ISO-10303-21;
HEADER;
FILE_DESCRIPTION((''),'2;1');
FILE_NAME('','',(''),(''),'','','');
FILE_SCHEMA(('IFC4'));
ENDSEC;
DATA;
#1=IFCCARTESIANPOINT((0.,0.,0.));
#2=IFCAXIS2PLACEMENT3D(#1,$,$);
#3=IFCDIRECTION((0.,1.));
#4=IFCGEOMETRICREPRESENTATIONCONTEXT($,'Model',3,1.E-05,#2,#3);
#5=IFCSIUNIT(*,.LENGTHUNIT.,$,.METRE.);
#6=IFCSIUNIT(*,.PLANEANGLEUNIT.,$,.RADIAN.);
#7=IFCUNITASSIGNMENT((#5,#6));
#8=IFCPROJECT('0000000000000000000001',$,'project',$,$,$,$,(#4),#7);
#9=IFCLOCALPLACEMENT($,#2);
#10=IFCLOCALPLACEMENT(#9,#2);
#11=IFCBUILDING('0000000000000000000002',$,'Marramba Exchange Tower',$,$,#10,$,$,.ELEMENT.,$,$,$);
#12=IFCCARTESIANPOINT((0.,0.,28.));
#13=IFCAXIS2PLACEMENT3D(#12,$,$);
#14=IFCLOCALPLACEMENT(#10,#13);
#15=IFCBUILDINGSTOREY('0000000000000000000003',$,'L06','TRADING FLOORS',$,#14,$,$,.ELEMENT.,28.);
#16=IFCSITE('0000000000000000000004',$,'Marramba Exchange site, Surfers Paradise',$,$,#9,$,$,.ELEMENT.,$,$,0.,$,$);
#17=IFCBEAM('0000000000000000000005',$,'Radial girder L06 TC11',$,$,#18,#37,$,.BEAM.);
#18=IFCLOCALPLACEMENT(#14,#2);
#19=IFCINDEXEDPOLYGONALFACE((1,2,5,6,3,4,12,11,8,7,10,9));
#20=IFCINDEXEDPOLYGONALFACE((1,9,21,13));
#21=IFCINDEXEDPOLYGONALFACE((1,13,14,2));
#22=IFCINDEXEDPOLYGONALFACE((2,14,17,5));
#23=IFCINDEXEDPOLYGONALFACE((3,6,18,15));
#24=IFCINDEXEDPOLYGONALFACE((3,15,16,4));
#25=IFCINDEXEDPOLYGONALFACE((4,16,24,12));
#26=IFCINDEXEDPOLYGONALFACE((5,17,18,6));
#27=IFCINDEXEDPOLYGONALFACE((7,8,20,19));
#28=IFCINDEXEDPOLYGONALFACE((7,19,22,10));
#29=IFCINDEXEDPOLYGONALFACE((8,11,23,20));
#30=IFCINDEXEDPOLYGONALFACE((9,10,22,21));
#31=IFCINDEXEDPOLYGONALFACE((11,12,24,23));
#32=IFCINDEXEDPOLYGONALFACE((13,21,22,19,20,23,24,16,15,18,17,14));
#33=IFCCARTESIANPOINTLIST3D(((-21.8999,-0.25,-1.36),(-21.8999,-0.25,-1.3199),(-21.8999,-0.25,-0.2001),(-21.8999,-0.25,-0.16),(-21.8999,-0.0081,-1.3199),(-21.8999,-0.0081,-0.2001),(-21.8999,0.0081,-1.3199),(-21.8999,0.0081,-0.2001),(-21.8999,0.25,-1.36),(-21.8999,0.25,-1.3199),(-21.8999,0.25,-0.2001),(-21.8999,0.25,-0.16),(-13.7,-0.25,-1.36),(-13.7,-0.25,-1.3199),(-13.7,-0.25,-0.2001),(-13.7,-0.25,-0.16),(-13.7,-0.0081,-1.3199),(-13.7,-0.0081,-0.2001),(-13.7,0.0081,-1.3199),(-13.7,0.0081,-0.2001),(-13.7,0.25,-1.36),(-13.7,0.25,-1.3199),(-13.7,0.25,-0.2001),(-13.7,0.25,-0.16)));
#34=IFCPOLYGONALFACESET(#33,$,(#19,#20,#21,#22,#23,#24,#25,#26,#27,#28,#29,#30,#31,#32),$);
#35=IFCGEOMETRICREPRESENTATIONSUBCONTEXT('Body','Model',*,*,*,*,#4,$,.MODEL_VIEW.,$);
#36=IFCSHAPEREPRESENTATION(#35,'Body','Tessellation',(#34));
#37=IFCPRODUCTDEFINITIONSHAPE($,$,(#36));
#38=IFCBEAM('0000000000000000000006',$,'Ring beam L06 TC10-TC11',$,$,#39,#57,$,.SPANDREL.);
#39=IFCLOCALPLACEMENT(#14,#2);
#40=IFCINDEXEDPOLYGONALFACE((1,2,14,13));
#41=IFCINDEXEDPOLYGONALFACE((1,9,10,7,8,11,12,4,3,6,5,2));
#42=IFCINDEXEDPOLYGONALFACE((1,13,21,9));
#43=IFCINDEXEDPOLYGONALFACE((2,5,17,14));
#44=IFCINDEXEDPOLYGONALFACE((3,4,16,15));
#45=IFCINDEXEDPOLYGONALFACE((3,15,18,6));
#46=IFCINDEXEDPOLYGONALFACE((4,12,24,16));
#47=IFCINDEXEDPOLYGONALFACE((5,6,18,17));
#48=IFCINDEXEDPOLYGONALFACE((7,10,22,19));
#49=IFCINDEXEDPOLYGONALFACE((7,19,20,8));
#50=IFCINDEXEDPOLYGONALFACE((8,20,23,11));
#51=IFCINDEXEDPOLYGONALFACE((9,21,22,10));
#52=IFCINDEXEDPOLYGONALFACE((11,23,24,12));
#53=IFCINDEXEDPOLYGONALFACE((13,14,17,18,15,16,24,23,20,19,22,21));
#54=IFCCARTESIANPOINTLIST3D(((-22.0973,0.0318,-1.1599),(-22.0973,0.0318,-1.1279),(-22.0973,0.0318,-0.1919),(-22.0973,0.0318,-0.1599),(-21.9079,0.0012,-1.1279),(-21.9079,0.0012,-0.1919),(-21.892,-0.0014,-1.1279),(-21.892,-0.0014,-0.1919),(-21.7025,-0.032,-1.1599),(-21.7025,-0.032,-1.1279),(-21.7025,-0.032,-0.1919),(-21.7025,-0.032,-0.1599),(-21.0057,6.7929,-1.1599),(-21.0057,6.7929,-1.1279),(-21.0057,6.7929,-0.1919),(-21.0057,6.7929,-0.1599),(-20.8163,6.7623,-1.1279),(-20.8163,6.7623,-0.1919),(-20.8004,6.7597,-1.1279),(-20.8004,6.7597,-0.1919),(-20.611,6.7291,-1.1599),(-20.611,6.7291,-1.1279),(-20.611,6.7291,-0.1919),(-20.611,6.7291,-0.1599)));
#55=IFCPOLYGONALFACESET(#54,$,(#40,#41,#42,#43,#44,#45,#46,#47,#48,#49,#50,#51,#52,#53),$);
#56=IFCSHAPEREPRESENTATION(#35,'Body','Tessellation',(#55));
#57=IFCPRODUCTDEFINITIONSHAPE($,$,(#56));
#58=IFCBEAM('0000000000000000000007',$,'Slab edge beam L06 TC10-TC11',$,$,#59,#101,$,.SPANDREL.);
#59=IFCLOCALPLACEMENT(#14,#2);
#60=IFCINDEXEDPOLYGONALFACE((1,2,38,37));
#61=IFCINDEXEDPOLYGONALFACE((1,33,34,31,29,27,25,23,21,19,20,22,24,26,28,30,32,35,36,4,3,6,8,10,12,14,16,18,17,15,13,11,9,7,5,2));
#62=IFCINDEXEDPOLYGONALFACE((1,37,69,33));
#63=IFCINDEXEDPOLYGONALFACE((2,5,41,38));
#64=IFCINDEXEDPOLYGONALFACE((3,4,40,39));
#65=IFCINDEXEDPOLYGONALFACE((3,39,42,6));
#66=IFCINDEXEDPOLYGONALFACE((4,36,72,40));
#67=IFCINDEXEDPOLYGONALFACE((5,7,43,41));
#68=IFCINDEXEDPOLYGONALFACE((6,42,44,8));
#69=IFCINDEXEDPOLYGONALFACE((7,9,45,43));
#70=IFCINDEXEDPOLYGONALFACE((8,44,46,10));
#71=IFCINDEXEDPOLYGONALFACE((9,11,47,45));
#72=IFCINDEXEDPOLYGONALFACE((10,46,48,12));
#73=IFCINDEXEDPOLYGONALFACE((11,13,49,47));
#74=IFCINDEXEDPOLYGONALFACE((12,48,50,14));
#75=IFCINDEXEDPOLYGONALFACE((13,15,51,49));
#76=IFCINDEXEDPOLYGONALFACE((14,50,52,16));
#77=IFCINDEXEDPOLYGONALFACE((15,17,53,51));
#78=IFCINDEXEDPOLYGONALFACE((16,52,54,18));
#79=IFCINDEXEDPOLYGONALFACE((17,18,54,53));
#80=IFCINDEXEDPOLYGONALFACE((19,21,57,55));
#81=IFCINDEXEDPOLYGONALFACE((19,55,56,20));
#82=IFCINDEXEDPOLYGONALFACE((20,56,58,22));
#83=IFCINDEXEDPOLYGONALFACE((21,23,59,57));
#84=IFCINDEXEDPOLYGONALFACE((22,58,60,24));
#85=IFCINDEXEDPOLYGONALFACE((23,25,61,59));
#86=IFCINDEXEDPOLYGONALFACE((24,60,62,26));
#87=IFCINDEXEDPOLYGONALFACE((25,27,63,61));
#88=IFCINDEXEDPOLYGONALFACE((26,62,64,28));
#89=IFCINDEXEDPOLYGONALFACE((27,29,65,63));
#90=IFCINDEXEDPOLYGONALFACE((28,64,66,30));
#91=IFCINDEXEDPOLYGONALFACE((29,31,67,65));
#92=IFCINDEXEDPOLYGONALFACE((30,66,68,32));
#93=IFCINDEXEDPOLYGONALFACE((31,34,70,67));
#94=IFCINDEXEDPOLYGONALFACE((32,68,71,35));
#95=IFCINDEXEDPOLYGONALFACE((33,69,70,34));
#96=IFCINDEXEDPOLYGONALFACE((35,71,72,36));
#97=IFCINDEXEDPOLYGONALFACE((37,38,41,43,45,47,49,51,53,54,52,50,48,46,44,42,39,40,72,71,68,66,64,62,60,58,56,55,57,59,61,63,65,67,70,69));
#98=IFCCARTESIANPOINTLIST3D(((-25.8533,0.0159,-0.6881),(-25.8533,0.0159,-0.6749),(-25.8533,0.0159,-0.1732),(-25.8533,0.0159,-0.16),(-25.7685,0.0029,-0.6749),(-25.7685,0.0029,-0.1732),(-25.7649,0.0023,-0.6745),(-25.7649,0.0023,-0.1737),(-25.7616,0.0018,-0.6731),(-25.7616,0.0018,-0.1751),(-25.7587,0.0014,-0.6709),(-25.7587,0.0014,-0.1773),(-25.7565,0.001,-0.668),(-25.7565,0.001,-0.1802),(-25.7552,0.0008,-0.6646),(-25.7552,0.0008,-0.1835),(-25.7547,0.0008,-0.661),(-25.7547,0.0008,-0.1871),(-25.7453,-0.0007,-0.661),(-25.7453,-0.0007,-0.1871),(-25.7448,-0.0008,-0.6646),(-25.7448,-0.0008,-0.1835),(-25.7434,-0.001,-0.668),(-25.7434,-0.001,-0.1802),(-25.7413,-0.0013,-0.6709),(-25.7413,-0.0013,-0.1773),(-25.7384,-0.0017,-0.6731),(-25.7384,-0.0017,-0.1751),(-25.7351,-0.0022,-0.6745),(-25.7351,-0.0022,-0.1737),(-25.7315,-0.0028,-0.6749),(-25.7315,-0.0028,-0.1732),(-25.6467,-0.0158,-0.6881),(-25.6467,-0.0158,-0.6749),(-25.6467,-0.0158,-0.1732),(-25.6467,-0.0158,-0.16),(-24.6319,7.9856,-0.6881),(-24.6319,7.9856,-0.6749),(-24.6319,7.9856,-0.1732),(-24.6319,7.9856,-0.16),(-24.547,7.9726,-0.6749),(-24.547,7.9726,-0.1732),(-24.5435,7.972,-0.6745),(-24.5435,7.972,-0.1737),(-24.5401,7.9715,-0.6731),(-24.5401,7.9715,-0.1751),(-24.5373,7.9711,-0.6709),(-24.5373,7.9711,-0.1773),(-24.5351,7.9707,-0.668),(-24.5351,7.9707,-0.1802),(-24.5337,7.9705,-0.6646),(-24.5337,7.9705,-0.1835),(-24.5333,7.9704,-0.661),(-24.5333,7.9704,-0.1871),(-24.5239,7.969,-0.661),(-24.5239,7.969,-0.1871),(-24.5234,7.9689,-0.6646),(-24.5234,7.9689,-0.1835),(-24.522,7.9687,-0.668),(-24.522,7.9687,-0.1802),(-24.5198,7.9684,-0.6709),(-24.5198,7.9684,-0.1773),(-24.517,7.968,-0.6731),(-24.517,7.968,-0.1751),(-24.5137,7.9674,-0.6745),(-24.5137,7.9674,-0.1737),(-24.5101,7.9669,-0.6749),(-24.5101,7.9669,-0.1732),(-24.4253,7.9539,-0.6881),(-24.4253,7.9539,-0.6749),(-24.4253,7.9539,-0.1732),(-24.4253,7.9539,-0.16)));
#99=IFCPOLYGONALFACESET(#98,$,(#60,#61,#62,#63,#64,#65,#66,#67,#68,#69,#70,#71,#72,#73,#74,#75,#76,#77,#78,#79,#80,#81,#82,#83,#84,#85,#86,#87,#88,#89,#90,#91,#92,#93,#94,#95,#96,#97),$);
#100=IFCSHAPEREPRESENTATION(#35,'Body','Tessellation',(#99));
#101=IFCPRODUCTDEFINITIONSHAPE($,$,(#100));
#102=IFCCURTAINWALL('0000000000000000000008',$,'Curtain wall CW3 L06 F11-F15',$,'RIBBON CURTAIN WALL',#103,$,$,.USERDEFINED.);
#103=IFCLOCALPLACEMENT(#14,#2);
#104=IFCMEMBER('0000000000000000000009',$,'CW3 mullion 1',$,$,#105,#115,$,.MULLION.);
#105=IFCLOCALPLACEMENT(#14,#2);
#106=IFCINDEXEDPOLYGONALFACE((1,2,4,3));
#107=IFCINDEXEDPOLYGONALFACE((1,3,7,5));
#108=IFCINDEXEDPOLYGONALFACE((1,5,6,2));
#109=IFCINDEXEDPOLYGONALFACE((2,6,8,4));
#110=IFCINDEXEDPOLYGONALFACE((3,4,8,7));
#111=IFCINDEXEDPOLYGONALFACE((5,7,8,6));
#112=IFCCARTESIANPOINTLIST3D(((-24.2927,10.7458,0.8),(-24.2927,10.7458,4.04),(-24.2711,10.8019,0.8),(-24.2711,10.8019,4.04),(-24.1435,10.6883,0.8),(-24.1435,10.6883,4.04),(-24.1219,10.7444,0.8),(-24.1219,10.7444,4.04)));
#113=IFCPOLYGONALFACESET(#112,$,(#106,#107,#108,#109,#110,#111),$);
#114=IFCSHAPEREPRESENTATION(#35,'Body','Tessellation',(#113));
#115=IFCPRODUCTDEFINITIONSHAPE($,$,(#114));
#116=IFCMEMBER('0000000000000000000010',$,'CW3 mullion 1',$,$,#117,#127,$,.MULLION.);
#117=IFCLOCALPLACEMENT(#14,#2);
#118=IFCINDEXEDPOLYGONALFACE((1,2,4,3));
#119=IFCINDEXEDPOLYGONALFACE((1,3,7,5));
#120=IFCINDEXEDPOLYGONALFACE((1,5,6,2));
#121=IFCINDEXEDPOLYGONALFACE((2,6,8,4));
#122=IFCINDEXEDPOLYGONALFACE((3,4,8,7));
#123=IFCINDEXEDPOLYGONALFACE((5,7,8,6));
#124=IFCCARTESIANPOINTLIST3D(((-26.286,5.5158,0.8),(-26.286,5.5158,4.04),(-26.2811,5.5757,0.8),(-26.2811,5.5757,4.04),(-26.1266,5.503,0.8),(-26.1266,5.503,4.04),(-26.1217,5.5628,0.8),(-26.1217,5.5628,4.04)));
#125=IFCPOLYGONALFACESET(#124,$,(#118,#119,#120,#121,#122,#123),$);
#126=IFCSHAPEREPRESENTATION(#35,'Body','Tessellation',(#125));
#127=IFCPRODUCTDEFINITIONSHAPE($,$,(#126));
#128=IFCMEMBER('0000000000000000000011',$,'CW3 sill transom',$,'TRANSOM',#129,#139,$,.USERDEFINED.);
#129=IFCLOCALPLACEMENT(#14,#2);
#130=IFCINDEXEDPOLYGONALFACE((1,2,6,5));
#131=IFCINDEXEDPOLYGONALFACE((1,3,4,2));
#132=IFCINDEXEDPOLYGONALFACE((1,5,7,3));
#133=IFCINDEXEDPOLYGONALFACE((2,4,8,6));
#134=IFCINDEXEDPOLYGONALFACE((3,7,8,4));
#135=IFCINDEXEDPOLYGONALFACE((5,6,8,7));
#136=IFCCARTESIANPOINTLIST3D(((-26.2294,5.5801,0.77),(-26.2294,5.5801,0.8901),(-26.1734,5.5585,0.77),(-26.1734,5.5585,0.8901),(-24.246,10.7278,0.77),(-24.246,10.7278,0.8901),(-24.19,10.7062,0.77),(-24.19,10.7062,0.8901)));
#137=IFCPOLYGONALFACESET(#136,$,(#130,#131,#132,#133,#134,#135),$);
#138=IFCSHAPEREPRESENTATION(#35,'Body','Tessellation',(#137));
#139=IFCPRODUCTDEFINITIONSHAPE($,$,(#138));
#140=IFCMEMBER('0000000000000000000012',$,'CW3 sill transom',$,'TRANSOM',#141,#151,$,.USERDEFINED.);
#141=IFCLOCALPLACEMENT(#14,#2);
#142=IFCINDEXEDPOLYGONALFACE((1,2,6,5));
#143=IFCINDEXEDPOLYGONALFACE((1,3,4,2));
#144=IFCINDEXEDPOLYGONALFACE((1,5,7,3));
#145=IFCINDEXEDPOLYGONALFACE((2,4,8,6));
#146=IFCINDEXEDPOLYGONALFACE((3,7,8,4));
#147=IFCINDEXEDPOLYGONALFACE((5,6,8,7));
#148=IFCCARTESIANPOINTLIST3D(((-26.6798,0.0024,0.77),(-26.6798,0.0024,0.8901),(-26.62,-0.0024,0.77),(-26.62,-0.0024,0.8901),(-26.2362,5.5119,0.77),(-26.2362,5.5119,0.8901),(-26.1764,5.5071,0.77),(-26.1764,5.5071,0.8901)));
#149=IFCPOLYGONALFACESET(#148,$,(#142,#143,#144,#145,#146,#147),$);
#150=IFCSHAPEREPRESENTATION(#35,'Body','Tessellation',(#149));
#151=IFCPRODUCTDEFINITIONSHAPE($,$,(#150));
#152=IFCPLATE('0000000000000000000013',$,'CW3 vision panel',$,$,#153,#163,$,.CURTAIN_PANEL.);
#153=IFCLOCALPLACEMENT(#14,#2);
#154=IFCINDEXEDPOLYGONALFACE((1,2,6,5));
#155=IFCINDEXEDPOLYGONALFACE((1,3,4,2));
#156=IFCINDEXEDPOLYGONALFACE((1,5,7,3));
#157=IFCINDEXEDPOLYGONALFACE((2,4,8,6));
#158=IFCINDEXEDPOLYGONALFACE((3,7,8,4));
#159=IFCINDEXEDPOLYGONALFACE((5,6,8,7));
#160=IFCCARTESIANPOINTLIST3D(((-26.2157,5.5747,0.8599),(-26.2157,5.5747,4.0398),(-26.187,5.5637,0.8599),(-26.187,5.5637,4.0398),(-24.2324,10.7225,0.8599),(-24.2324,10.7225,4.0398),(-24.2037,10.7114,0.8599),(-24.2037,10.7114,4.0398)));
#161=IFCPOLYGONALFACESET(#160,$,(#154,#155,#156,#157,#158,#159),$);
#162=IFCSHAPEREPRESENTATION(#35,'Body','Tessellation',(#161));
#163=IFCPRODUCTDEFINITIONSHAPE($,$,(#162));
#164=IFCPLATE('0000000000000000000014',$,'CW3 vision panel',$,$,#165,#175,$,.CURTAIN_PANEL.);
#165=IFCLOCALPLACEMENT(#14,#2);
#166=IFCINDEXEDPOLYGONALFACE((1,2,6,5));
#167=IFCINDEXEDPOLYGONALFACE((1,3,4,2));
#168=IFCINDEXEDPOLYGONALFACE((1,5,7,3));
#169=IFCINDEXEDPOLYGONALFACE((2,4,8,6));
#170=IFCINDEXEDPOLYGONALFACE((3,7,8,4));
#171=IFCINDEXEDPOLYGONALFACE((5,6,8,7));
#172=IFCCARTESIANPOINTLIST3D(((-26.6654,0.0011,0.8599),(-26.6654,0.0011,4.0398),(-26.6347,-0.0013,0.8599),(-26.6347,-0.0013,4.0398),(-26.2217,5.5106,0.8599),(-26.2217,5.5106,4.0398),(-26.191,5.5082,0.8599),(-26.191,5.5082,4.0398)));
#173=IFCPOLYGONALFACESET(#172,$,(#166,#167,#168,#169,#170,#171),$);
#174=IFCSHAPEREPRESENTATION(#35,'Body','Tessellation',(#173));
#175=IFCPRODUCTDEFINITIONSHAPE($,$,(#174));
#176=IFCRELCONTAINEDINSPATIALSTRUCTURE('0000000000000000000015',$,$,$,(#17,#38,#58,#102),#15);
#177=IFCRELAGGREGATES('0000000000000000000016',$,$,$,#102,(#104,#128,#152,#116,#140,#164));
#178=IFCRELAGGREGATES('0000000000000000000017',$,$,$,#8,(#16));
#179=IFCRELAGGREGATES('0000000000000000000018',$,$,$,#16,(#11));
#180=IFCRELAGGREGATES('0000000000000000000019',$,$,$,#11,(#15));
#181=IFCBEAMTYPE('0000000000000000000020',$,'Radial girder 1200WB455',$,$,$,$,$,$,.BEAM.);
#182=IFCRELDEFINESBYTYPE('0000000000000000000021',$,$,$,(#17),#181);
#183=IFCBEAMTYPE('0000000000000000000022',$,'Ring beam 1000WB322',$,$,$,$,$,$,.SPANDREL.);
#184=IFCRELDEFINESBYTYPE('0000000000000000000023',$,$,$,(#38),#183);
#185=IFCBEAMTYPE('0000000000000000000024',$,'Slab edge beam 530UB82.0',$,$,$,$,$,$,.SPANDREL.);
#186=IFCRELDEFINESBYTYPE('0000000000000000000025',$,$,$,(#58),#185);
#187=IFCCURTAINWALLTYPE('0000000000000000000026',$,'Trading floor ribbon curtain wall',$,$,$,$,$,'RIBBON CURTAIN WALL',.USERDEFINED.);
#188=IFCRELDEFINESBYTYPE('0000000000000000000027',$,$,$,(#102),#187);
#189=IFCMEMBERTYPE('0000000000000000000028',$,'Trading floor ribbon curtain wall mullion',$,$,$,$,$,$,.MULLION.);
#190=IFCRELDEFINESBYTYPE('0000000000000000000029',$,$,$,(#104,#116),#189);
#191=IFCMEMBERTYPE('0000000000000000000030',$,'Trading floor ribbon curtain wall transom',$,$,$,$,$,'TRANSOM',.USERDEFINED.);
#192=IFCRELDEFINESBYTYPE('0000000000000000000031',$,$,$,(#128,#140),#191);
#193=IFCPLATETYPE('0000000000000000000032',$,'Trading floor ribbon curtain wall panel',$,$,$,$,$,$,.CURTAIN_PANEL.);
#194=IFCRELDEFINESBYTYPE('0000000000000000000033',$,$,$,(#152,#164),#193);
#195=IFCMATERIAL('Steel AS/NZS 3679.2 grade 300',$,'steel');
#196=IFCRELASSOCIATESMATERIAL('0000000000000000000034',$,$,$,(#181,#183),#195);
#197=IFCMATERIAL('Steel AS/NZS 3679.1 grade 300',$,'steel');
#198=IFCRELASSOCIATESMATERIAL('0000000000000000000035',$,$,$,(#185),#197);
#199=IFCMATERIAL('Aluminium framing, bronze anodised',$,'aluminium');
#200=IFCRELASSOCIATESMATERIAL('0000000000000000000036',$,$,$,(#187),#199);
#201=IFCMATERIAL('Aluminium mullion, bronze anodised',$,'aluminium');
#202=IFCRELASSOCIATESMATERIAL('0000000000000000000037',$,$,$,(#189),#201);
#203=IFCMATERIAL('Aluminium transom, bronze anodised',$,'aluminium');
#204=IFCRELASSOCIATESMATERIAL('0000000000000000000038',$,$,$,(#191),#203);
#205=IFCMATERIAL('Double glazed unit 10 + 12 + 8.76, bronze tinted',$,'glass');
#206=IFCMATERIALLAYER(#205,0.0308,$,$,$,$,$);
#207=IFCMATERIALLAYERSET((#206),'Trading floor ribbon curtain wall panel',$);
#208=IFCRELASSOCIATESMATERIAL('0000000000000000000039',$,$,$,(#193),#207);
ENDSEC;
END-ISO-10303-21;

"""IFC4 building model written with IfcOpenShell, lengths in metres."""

from ifc_helpers import new_model, si_unit, direction, frame, origin, origin_2d, place, context, subcontext, project, spatial, rectangle, i_section, extrude, material, layer, layer_set, material_profile, profile_set, type_object, element, aggregate, save


model = new_model("IFC4")

# Units and contexts
model_context = context("Model", 3, precision=1e-05, world=origin(), true_north=direction((0.0, 1.0)))
body_context = subcontext(model_context, "Body", "Model", "MODEL_VIEW")
ifc_project = project(units=[si_unit("LENGTHUNIT", "METRE"), si_unit("PLANEANGLEUNIT", "RADIAN")], contexts=[model_context])

# Site, building, storey
site_placement = place(None, origin())
site = spatial("IfcSite", under=ifc_project, at=site_placement, Name="Marramba Exchange site, Surfers Paradise", CompositionType="ELEMENT", RefElevation=0.0)
building_placement = place(site_placement, origin())
building = spatial("IfcBuilding", under=site, at=building_placement, Name="Marramba Exchange Tower", CompositionType="ELEMENT")
storey_placement = place(building_placement, frame((0.0, 0.0, 28.0)))
storey = spatial("IfcBuildingStorey", under=building, at=storey_placement, Name="L06", Description="TRADING FLOORS", CompositionType="ELEMENT", Elevation=28.0)

# Beams
ifc_material_1 = material(Name="Steel AS/NZS 3679.2 grade 300", Category="steel")
ifc_material_2 = material(Name="Steel AS/NZS 3679.1 grade 300", Category="steel")
ifc_material_profile_1 = material_profile(ifc_material_1, i_section(OverallWidth=0.5, OverallDepth=1.2, WebThickness=0.0161, FlangeThickness=0.04, at=origin_2d()), Name="1200WB455")
ifc_profile_set_1 = profile_set([ifc_material_profile_1], Name="Steel AS/NZS 3679.2 grade 300")
beam_type_1 = type_object("IfcBeamType", Name="Radial girder 1200WB455", PredefinedType="BEAM", material=ifc_profile_set_1)
beam_1_placement = place(storey_placement, frame((-13.7, 0.0, -0.76), z_axis=(-1.0, 0.0, 0.0), x_axis=(0.0, -1.0, 0.0)))
element("IfcBeam", 1, at=beam_1_placement, inside=storey, type_object=beam_type_1, Name="Radial girder L06 TC11", PredefinedType="BEAM", context=body_context, shape_type="SweptSolid", body=[
    extrude(i_section(OverallWidth=0.5, OverallDepth=1.2, WebThickness=0.0161, FlangeThickness=0.04, at=origin_2d()), origin(), (0.0, 0.0, 1.0), 8.2),
])
ifc_material_profile_2 = material_profile(ifc_material_1, i_section(OverallWidth=0.3999, OverallDepth=1.0, WebThickness=0.0161, FlangeThickness=0.032, at=origin_2d()), Name="1000WB322")
ifc_profile_set_2 = profile_set([ifc_material_profile_2], Name="Steel AS/NZS 3679.2 grade 300")
beam_type_2 = type_object("IfcBeamType", Name="Ring beam 1000WB322", PredefinedType="SPANDREL", material=ifc_profile_set_2)
beam_2_placement = place(storey_placement, frame((-20.8083, 6.761, -0.6599), z_axis=(-0.159385, -0.987217, 0.0), x_axis=(0.987217, -0.159385, 0.0)))
element("IfcBeam", 2, at=beam_2_placement, inside=storey, type_object=beam_type_2, Name="Ring beam L06 TC10-TC11", PredefinedType="SPANDREL", context=body_context, shape_type="SweptSolid", body=[
    extrude(i_section(OverallWidth=0.3999, OverallDepth=1.0, WebThickness=0.0161, FlangeThickness=0.032, at=origin_2d()), origin(), (0.0, 0.0, 1.0), 6.8486),
])
ifc_material_profile_3 = material_profile(ifc_material_2, i_section(OverallWidth=0.209, OverallDepth=0.5281, WebThickness=0.0095, FlangeThickness=0.0132, FilletRadius=0.0139, at=origin_2d()), Name="530UB82.0")
ifc_profile_set_3 = profile_set([ifc_material_profile_3], Name="Steel AS/NZS 3679.1 grade 300")
beam_type_3 = type_object("IfcBeamType", Name="Slab edge beam 530UB82.0", PredefinedType="SPANDREL", material=ifc_profile_set_3)
beam_3_placement = place(storey_placement, frame((-24.5286, 7.9697, -0.4241), z_axis=(-0.151491, -0.988459, 0.0), x_axis=(0.988459, -0.151491, 0.0)))
element("IfcBeam", 3, at=beam_3_placement, inside=storey, type_object=beam_type_3, Name="Slab edge beam L06 TC10-TC11", PredefinedType="SPANDREL", context=body_context, shape_type="SweptSolid", body=[
    extrude(i_section(OverallWidth=0.209, OverallDepth=0.5281, WebThickness=0.0095, FlangeThickness=0.0132, FilletRadius=0.0139, at=origin_2d()), origin(), (0.0, 0.0, 1.0), 8.0627),
])

# Curtain wall, members, plates
ifc_material_3 = material(Name="Aluminium framing, bronze anodised", Category="aluminium")
curtain_wall_type = type_object("IfcCurtainWallType", Name="Trading floor ribbon curtain wall", ElementType="RIBBON CURTAIN WALL", PredefinedType="USERDEFINED", material=ifc_material_3)
curtain_wall_placement = place(storey_placement, origin())
curtain_wall = element("IfcCurtainWall", 4, at=curtain_wall_placement, inside=storey, type_object=curtain_wall_type, Name="Curtain wall CW3 L06 F11-F15", ObjectType="RIBBON CURTAIN WALL", PredefinedType="USERDEFINED")
ifc_material_4 = material(Name="Aluminium mullion, bronze anodised", Category="aluminium")
ifc_material_profile_4 = material_profile(ifc_material_4, rectangle(XDim=0.1599, YDim=0.0601, at=origin_2d()), Name="CW3 mullion 60x160")
ifc_profile_set_4 = profile_set([ifc_material_profile_4], Name="Aluminium mullion, bronze anodised")
member_type_1 = type_object("IfcMemberType", Name="Trading floor ribbon curtain wall mullion", PredefinedType="MULLION", material=ifc_profile_set_4)
member_1_placement = place(storey_placement, frame((-24.2073, 10.7451, 0.8), z_axis=(0.0, 0.0, 1.0), x_axis=(0.933135, -0.359526, 0.0)))
member_1 = element("IfcMember", 5, at=member_1_placement, type_object=member_type_1, Name="CW3 mullion 1", PredefinedType="MULLION", context=body_context, shape_type="SweptSolid", body=[
    extrude(rectangle(XDim=0.1599, YDim=0.0601, at=origin_2d()), origin(), (0.0, 0.0, 1.0), 3.24),
])
member_2_placement = place(storey_placement, frame((-26.2039, 5.5393, 0.8), z_axis=(0.0, 0.0, 1.0), x_axis=(0.996773, -0.080275, 0.0)))
member_2 = element("IfcMember", 6, at=member_2_placement, type_object=member_type_1, Name="CW3 mullion 1", PredefinedType="MULLION", context=body_context, shape_type="SweptSolid", body=[
    extrude(rectangle(XDim=0.1599, YDim=0.0601, at=origin_2d()), origin(), (0.0, 0.0, 1.0), 3.24),
])
ifc_material_5 = material(Name="Aluminium transom, bronze anodised", Category="aluminium")
ifc_material_profile_5 = material_profile(ifc_material_5, rectangle(XDim=0.0601, YDim=0.1201, at=origin_2d()), Name="CW3 transom 60x120")
ifc_profile_set_5 = profile_set([ifc_material_profile_5], Name="Aluminium transom, bronze anodised")
member_type_2 = type_object("IfcMemberType", Name="Trading floor ribbon curtain wall transom", ElementType="TRANSOM", PredefinedType="USERDEFINED", material=ifc_profile_set_5)
member_3_placement = place(storey_placement, frame((-24.218, 10.717, 0.8301), z_axis=(-0.359534, -0.933132, 0.0), x_axis=(0.933132, -0.359534, 0.0)))
member_3 = element("IfcMember", 7, at=member_3_placement, type_object=member_type_2, Name="CW3 sill transom", ObjectType="TRANSOM", PredefinedType="USERDEFINED", context=body_context, shape_type="SweptSolid", body=[
    extrude(rectangle(XDim=0.0601, YDim=0.1201, at=origin_2d()), origin(), (0.0, 0.0, 1.0), 5.5166),
])
member_4_placement = place(storey_placement, frame((-26.2063, 5.5095, 0.8301), z_axis=(-0.080256, -0.996774, 0.0), x_axis=(0.996774, -0.080256, 0.0)))
member_4 = element("IfcMember", 8, at=member_4_placement, type_object=member_type_2, Name="CW3 sill transom", ObjectType="TRANSOM", PredefinedType="USERDEFINED", context=body_context, shape_type="SweptSolid", body=[
    extrude(rectangle(XDim=0.0601, YDim=0.1201, at=origin_2d()), origin(), (0.0, 0.0, 1.0), 5.5273),
])
ifc_material_6 = material(Name="Double glazed unit 10 + 12 + 8.76, bronze tinted", Category="glass")
ifc_layer_1 = layer(ifc_material_6, 0.0308)
ifc_layer_set_1 = layer_set([ifc_layer_1], Name="Trading floor ribbon curtain wall panel")
plate_type = type_object("IfcPlateType", Name="Trading floor ribbon curtain wall panel", PredefinedType="CURTAIN_PANEL", material=ifc_layer_set_1)
plate_1_placement = place(storey_placement, frame((-25.2097, 8.1431, 0.8599), z_axis=(0.0, 0.0, 1.0), x_axis=(-0.359526, -0.933135, 0.0)))
plate_1 = element("IfcPlate", 9, at=plate_1_placement, type_object=plate_type, Name="CW3 vision panel", PredefinedType="CURTAIN_PANEL", context=body_context, shape_type="SweptSolid", body=[
    extrude(rectangle(XDim=5.5166, YDim=0.0308, at=origin_2d()), origin(), (0.0, 0.0, 1.0), 3.1799),
])
plate_2_placement = place(storey_placement, frame((-26.4282, 2.7546, 0.8599), z_axis=(0.0, 0.0, 1.0), x_axis=(-0.080275, -0.996773, 0.0)))
plate_2 = element("IfcPlate", 10, at=plate_2_placement, type_object=plate_type, Name="CW3 vision panel", PredefinedType="CURTAIN_PANEL", context=body_context, shape_type="SweptSolid", body=[
    extrude(rectangle(XDim=5.5273, YDim=0.0308, at=origin_2d()), origin(), (0.0, 0.0, 1.0), 3.1799),
])
aggregate(curtain_wall, [member_1, member_3, plate_1, member_2, member_4, plate_2])

save(model, "model.ifc")
